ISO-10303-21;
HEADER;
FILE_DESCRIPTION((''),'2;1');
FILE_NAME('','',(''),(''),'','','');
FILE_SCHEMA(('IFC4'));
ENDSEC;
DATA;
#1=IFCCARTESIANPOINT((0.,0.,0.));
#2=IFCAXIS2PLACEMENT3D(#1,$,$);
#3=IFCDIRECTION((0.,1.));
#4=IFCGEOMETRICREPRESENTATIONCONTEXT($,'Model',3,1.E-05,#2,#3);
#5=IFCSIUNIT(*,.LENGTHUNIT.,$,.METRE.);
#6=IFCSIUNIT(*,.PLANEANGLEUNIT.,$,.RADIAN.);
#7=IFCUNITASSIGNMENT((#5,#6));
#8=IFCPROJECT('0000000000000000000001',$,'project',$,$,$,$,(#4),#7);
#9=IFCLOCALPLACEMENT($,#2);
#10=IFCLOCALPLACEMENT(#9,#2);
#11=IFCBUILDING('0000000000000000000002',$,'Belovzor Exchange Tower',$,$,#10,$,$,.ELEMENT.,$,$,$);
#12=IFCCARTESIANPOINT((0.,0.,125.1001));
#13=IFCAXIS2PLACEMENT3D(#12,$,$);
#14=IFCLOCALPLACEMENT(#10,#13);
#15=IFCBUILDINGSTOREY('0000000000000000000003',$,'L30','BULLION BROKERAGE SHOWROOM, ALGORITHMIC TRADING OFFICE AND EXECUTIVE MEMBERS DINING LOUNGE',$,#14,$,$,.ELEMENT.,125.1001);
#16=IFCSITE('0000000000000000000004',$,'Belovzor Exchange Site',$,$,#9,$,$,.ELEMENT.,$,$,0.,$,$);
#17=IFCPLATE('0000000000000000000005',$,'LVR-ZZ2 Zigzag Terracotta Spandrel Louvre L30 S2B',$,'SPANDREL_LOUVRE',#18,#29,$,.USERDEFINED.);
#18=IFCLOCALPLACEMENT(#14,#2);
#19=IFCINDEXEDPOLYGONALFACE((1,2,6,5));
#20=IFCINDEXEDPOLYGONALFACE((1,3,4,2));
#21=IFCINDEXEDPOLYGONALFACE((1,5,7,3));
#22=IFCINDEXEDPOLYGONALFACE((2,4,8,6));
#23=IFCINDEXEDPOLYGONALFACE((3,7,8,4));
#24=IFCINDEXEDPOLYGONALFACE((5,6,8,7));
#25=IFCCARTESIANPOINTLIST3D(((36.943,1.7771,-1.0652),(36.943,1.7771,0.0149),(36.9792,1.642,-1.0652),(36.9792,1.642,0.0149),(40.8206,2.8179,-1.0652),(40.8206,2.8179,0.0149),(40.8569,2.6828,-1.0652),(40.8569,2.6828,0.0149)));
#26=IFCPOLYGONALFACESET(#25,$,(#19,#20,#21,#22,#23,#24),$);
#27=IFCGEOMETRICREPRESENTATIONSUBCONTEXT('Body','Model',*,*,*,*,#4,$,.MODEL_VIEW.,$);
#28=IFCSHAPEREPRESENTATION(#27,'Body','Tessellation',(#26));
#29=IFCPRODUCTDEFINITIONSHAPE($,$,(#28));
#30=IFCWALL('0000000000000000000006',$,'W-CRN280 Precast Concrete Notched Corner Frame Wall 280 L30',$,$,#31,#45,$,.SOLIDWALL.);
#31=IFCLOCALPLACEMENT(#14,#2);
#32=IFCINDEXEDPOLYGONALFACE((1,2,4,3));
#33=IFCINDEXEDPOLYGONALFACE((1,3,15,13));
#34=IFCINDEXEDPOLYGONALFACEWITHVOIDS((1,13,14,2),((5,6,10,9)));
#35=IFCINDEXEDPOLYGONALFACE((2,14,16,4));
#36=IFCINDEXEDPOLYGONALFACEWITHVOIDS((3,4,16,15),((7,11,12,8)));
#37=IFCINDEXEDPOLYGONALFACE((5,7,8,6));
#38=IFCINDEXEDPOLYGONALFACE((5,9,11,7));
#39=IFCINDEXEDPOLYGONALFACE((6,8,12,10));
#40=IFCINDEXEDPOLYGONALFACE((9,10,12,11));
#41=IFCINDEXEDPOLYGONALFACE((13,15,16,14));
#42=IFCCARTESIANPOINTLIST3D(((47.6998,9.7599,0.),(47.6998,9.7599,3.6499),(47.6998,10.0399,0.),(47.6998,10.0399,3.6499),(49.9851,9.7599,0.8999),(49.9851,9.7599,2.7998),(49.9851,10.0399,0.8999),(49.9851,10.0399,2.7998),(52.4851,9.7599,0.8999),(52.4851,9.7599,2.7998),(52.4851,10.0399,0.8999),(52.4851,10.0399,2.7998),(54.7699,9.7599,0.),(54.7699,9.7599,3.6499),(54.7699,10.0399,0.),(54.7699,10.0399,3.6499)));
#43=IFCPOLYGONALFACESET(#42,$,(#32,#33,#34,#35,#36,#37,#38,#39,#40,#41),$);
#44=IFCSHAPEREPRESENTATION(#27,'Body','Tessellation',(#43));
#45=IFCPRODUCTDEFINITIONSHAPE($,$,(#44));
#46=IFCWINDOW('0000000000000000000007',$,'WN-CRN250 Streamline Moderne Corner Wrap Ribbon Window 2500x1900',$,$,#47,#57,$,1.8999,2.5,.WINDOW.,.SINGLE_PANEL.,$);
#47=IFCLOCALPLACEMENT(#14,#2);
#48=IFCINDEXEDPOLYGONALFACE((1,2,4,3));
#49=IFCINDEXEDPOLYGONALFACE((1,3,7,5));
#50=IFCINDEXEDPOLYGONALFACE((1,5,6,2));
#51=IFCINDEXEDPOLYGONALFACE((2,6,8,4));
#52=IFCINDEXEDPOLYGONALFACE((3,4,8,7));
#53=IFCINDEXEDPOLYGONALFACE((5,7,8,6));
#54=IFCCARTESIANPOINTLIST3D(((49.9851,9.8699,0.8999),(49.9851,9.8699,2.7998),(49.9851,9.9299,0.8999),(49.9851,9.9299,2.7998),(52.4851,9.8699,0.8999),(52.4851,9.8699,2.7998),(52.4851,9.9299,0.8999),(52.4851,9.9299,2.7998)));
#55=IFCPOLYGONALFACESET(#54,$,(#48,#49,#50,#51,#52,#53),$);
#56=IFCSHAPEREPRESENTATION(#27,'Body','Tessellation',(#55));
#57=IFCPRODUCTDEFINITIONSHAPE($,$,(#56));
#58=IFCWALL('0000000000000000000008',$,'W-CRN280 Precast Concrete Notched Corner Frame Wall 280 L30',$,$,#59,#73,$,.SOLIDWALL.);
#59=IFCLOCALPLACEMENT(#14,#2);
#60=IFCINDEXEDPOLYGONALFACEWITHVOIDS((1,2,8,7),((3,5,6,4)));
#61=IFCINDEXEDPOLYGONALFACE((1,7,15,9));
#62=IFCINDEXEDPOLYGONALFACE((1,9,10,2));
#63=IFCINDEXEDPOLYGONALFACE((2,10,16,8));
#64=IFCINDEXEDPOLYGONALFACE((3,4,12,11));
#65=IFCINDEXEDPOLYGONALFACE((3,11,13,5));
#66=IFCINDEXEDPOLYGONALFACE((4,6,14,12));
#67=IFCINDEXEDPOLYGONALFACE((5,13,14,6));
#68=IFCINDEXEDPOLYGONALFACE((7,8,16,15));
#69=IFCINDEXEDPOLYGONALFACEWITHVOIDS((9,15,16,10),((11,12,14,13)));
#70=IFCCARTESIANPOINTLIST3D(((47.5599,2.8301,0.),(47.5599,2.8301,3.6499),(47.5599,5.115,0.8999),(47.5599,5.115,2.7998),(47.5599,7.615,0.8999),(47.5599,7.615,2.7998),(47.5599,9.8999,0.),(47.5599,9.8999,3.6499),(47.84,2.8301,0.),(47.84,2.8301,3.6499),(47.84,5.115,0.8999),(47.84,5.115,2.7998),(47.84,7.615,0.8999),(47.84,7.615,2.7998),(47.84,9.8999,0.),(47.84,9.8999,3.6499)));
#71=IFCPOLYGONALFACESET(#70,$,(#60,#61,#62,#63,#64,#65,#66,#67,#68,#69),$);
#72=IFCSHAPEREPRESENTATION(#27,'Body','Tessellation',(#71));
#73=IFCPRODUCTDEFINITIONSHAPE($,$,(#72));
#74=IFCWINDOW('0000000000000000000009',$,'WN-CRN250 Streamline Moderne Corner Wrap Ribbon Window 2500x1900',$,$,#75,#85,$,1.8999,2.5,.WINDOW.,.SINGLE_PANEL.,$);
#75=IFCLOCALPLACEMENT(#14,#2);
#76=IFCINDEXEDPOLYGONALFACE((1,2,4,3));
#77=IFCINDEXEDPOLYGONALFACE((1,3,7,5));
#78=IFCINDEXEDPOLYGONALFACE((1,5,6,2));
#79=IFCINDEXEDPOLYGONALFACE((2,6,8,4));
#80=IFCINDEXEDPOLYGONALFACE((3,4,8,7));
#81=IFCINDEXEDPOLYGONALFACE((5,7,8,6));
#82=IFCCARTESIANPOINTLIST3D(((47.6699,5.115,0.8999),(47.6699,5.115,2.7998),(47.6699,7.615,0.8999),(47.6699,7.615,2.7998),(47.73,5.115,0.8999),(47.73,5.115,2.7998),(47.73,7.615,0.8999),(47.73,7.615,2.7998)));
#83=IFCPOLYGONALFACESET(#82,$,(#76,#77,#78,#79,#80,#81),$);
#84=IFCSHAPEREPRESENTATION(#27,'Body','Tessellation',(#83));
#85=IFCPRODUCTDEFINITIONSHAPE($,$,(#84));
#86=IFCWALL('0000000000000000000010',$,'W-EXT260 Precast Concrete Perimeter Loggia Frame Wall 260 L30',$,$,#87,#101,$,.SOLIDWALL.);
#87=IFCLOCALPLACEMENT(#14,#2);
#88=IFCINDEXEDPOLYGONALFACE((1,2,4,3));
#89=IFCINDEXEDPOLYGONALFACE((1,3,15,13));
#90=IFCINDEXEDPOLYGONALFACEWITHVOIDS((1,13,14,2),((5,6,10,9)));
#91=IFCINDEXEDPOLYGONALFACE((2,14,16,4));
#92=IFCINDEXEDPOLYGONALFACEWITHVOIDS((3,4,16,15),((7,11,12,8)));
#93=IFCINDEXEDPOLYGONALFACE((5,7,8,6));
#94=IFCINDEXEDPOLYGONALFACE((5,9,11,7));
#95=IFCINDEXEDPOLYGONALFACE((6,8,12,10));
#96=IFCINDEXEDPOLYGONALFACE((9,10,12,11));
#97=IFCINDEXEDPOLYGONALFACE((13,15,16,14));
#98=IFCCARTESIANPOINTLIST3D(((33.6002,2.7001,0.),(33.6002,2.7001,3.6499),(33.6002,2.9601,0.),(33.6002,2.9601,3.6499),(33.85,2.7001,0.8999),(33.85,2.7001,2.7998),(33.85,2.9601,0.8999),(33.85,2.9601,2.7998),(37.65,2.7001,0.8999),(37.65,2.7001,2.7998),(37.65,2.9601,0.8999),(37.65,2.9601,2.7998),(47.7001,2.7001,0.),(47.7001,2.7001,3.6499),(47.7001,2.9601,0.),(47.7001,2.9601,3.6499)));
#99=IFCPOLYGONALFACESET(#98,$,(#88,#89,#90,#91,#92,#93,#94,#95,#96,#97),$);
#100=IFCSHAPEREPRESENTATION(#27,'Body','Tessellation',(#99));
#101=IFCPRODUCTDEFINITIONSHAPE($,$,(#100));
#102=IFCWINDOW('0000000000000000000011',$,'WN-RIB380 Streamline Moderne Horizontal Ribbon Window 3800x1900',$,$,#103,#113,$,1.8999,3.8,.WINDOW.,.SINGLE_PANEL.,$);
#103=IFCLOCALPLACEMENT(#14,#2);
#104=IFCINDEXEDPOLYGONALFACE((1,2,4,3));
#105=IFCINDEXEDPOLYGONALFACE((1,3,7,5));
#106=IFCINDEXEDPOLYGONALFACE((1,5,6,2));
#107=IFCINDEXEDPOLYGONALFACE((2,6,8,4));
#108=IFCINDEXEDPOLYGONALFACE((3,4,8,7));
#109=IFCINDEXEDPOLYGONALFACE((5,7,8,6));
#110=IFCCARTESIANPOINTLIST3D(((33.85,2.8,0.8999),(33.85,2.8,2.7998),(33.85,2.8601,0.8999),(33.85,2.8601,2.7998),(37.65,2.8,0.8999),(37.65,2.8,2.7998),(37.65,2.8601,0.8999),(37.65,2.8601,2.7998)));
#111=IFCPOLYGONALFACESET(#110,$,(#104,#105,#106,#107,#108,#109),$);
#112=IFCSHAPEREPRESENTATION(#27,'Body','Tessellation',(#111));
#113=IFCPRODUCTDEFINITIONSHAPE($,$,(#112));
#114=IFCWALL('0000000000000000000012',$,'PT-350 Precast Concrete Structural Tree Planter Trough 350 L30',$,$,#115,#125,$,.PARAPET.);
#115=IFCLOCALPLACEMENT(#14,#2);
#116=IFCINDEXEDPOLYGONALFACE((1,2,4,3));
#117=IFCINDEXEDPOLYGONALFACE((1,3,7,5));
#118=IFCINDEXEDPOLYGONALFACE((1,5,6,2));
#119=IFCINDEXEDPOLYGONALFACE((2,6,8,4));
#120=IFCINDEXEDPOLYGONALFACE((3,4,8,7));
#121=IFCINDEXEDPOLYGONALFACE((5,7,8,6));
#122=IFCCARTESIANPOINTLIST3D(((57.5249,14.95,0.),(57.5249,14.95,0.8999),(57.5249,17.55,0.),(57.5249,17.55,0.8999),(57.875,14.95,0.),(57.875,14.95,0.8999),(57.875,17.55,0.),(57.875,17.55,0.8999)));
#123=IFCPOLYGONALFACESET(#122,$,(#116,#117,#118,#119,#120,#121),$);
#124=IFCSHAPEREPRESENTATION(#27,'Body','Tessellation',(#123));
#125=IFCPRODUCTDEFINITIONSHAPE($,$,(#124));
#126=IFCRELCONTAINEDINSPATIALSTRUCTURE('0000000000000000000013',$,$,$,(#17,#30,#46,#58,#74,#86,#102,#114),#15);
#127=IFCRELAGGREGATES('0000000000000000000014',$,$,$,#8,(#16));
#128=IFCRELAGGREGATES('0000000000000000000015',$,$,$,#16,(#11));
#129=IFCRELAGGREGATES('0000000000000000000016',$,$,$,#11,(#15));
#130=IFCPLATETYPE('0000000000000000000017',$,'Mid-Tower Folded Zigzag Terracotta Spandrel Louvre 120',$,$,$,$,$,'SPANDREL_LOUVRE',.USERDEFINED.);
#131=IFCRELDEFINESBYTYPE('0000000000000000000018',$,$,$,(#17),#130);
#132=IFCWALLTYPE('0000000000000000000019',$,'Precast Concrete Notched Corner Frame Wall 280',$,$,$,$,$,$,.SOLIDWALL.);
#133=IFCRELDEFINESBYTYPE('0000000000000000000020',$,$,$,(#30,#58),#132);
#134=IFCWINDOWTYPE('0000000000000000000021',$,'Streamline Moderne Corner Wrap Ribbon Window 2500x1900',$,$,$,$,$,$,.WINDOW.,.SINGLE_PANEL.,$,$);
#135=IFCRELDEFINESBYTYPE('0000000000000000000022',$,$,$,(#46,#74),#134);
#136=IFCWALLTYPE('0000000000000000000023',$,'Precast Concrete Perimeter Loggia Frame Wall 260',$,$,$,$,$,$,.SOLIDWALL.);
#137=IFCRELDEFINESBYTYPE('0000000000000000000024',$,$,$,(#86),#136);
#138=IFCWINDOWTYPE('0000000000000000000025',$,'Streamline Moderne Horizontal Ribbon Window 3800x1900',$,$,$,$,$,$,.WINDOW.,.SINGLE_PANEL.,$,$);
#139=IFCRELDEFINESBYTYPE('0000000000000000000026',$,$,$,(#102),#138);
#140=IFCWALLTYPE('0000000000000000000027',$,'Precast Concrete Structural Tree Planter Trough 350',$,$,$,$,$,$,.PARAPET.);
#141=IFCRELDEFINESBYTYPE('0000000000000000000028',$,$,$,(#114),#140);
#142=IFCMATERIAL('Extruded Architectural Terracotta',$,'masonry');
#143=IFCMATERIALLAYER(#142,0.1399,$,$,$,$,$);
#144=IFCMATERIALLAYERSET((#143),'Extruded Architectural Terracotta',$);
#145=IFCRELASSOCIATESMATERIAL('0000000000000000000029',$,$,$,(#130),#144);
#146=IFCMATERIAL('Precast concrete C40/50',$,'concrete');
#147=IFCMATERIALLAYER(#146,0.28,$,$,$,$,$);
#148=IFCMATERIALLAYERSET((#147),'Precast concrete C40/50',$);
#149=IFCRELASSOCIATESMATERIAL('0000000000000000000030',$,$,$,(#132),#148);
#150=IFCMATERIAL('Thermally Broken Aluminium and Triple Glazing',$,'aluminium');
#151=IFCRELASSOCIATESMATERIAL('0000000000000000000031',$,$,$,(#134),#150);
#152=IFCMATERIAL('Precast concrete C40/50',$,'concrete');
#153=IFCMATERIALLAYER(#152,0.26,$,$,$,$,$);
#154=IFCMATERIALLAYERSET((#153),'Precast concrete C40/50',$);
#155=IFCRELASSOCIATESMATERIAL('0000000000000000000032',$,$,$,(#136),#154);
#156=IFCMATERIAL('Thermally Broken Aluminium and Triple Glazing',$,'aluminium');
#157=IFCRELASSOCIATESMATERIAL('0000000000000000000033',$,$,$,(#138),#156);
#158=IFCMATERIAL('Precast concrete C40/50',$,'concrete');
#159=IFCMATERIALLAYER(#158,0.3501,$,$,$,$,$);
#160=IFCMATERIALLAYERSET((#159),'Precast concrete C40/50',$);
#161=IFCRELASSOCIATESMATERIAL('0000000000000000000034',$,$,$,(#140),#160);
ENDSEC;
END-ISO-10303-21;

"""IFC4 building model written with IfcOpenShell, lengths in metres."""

from ifc_helpers import new_model, si_unit, direction, frame, frame_2d, origin, origin_2d, place, context, subcontext, project, spatial, rectangle, extrude, material, layer, layer_set, type_object, element, fill, save


model = new_model("IFC4")

# Units and contexts
model_context = context("Model", 3, precision=1e-05, world=origin(), true_north=direction((0.0, 1.0)))
body_context = subcontext(model_context, "Body", "Model", "MODEL_VIEW")
ifc_project = project(units=[si_unit("LENGTHUNIT", "METRE"), si_unit("PLANEANGLEUNIT", "RADIAN")], contexts=[model_context])

# Site, building, storey
site_placement = place(None, origin())
site = spatial("IfcSite", under=ifc_project, at=site_placement, Name="Belovzor Exchange Site", CompositionType="ELEMENT", RefElevation=0.0)
building_placement = place(site_placement, origin())
building = spatial("IfcBuilding", under=site, at=building_placement, Name="Belovzor Exchange Tower", CompositionType="ELEMENT")
storey_placement = place(building_placement, frame((0.0, 0.0, 125.1001)))
storey = spatial("IfcBuildingStorey", under=building, at=storey_placement, Name="L30", Description="BULLION BROKERAGE SHOWROOM, ALGORITHMIC TRADING OFFICE AND EXECUTIVE MEMBERS DINING LOUNGE", CompositionType="ELEMENT", Elevation=125.1001)

# Plate
ifc_material_1 = material(Name="Extruded Architectural Terracotta", Category="masonry")
ifc_layer_1 = layer(ifc_material_1, 0.1399)
ifc_layer_set_1 = layer_set([ifc_layer_1], Name="Extruded Architectural Terracotta")
plate_type = type_object("IfcPlateType", Name="Mid-Tower Folded Zigzag Terracotta Spandrel Louvre 120", ElementType="SPANDREL_LOUVRE", PredefinedType="USERDEFINED", material=ifc_layer_set_1)
plate_placement = place(storey_placement, frame((38.8999, 2.23, -1.0652), z_axis=(0.0, 0.0, 1.0), x_axis=(0.965813, 0.25924, 0.0)))
element("IfcPlate", 1, at=plate_placement, inside=storey, type_object=plate_type, Name="LVR-ZZ2 Zigzag Terracotta Spandrel Louvre L30 S2B", ObjectType="SPANDREL_LOUVRE", PredefinedType="USERDEFINED", context=body_context, shape_type="SweptSolid", body=[
    extrude(rectangle(XDim=4.0149, YDim=0.1399, at=origin_2d()), origin(), (0.0, 0.0, 1.0), 1.0801),
])

# Walls, openings, windows
ifc_material_2 = material(Name="Precast concrete C40/50", Category="concrete")
ifc_layer_2 = layer(ifc_material_2, 0.28)
ifc_layer_set_2 = layer_set([ifc_layer_2], Name="Precast concrete C40/50")
wall_type_1 = type_object("IfcWallType", Name="Precast Concrete Notched Corner Frame Wall 280", PredefinedType="SOLIDWALL", material=ifc_layer_set_2)
wall_1_placement = place(storey_placement, frame((54.77, 9.8999, 0.0), z_axis=(0.0, 0.0, 1.0), x_axis=(-1.0, 0.0, 0.0)))
wall_1 = element("IfcWall", 2, at=wall_1_placement, inside=storey, type_object=wall_type_1, Name="W-CRN280 Precast Concrete Notched Corner Frame Wall 280 L30", PredefinedType="SOLIDWALL", context=body_context, shape_type="SweptSolid", body=[
    extrude(rectangle(XDim=7.0701, YDim=0.28, at=frame_2d((3.5352, 0.0))), origin(), (0.0, 0.0, 1.0), 3.6499),
])
opening_1_placement = place(wall_1_placement, frame((2.2849, 0.0, 0.8999)))
opening_1 = element("IfcOpeningElement", 3, at=opening_1_placement, cuts=wall_1, PredefinedType="OPENING", context=body_context, shape_type="SweptSolid", body=[
    extrude(rectangle(XDim=2.5, YDim=1.8999, at=frame_2d((1.25, 0.95))), frame((0.0, 0.1499, 0.0), z_axis=(0.0, -1.0, 0.0), x_axis=(1.0, 0.0, 0.0)), (0.0, 0.0, 1.0), 0.3),
])
ifc_material_3 = material(Name="Thermally Broken Aluminium and Triple Glazing", Category="aluminium")
window_type_1 = type_object("IfcWindowType", Name="Streamline Moderne Corner Wrap Ribbon Window 2500x1900", PartitioningType="SINGLE_PANEL", PredefinedType="WINDOW", material=ifc_material_3)
window_1_placement = place(opening_1_placement, origin())
window_1 = element("IfcWindow", 4, at=window_1_placement, inside=storey, type_object=window_type_1, Name="WN-CRN250 Streamline Moderne Corner Wrap Ribbon Window 2500x1900", OverallHeight=1.8999, OverallWidth=2.5, PartitioningType="SINGLE_PANEL", PredefinedType="WINDOW", context=body_context, shape_type="SweptSolid", body=[
    extrude(rectangle(XDim=2.5, YDim=1.8999, at=frame_2d((1.25, 0.95))), frame((0.0, 0.03, 0.0), z_axis=(0.0, -1.0, 0.0), x_axis=(1.0, 0.0, 0.0)), (0.0, 0.0, 1.0), 0.0601),
])
fill(opening_1, window_1)
wall_2_placement = place(storey_placement, frame((47.7, 9.8999, 0.0), z_axis=(0.0, 0.0, 1.0), x_axis=(0.0, -1.0, 0.0)))
wall_2 = element("IfcWall", 5, at=wall_2_placement, inside=storey, type_object=wall_type_1, Name="W-CRN280 Precast Concrete Notched Corner Frame Wall 280 L30", PredefinedType="SOLIDWALL", context=body_context, shape_type="SweptSolid", body=[
    extrude(rectangle(XDim=7.0698, YDim=0.28, at=frame_2d((3.5349, 0.0))), origin(), (0.0, 0.0, 1.0), 3.6499),
])
opening_2_placement = place(wall_2_placement, frame((2.2849, 0.0, 0.8999)))
opening_2 = element("IfcOpeningElement", 6, at=opening_2_placement, cuts=wall_2, PredefinedType="OPENING", context=body_context, shape_type="SweptSolid", body=[
    extrude(rectangle(XDim=2.5, YDim=1.8999, at=frame_2d((1.25, 0.95))), frame((0.0, 0.1499, 0.0), z_axis=(0.0, -1.0, 0.0), x_axis=(1.0, 0.0, 0.0)), (0.0, 0.0, 1.0), 0.3),
])
window_2_placement = place(opening_2_placement, origin())
window_2 = element("IfcWindow", 7, at=window_2_placement, inside=storey, type_object=window_type_1, Name="WN-CRN250 Streamline Moderne Corner Wrap Ribbon Window 2500x1900", OverallHeight=1.8999, OverallWidth=2.5, PartitioningType="SINGLE_PANEL", PredefinedType="WINDOW", context=body_context, shape_type="SweptSolid", body=[
    extrude(rectangle(XDim=2.5, YDim=1.8999, at=frame_2d((1.25, 0.95))), frame((0.0, 0.03, 0.0), z_axis=(0.0, -1.0, 0.0), x_axis=(1.0, 0.0, 0.0)), (0.0, 0.0, 1.0), 0.0601),
])
fill(opening_2, window_2)
ifc_material_4 = material(Name="Precast concrete C40/50", Category="concrete")
ifc_layer_3 = layer(ifc_material_4, 0.26)
ifc_layer_set_3 = layer_set([ifc_layer_3], Name="Precast concrete C40/50")
wall_type_2 = type_object("IfcWallType", Name="Precast Concrete Perimeter Loggia Frame Wall 260", PredefinedType="SOLIDWALL", material=ifc_layer_set_3)
wall_3_placement = place(storey_placement, frame((47.7, 2.8301, 0.0), z_axis=(0.0, 0.0, 1.0), x_axis=(-1.0, 0.0, 0.0)))
wall_3 = element("IfcWall", 8, at=wall_3_placement, inside=storey, type_object=wall_type_2, Name="W-EXT260 Precast Concrete Perimeter Loggia Frame Wall 260 L30", PredefinedType="SOLIDWALL", context=body_context, shape_type="SweptSolid", body=[
    extrude(rectangle(XDim=14.0999, YDim=0.26, at=frame_2d((7.0498, 0.0))), origin(), (0.0, 0.0, 1.0), 3.6499),
])
opening_3_placement = place(wall_3_placement, frame((10.05, 0.0, 0.8999)))
opening_3 = element("IfcOpeningElement", 9, at=opening_3_placement, cuts=wall_3, PredefinedType="OPENING", context=body_context, shape_type="SweptSolid", body=[
    extrude(rectangle(XDim=3.8, YDim=1.8999, at=frame_2d((1.8999, 0.95))), frame((0.0, 0.1399, 0.0), z_axis=(0.0, -1.0, 0.0), x_axis=(1.0, 0.0, 0.0)), (0.0, 0.0, 1.0), 0.28),
])
ifc_material_5 = material(Name="Thermally Broken Aluminium and Triple Glazing", Category="aluminium")
window_type_2 = type_object("IfcWindowType", Name="Streamline Moderne Horizontal Ribbon Window 3800x1900", PartitioningType="SINGLE_PANEL", PredefinedType="WINDOW", material=ifc_material_5)
window_3_placement = place(opening_3_placement, origin())
window_3 = element("IfcWindow", 10, at=window_3_placement, inside=storey, type_object=window_type_2, Name="WN-RIB380 Streamline Moderne Horizontal Ribbon Window 3800x1900", OverallHeight=1.8999, OverallWidth=3.8, PartitioningType="SINGLE_PANEL", PredefinedType="WINDOW", context=body_context, shape_type="SweptSolid", body=[
    extrude(rectangle(XDim=3.8, YDim=1.8999, at=frame_2d((1.8999, 0.95))), frame((0.0, 0.03, 0.0), z_axis=(0.0, -1.0, 0.0), x_axis=(1.0, 0.0, 0.0)), (0.0, 0.0, 1.0), 0.0601),
])
fill(opening_3, window_3)

# Wall
ifc_material_6 = material(Name="Precast concrete C40/50", Category="concrete")
ifc_layer_4 = layer(ifc_material_6, 0.3501)
ifc_layer_set_4 = layer_set([ifc_layer_4], Name="Precast concrete C40/50")
wall_type_3 = type_object("IfcWallType", Name="Precast Concrete Structural Tree Planter Trough 350", PredefinedType="PARAPET", material=ifc_layer_set_4)
wall_4_placement = place(storey_placement, frame((57.7, 14.95, 0.0), z_axis=(0.0, 0.0, 1.0), x_axis=(0.0, 1.0, 0.0)))
element("IfcWall", 11, at=wall_4_placement, inside=storey, type_object=wall_type_3, Name="PT-350 Precast Concrete Structural Tree Planter Trough 350 L30", PredefinedType="PARAPET", context=body_context, shape_type="SweptSolid", body=[
    extrude(rectangle(XDim=2.6001, YDim=0.3501, at=frame_2d((1.3, 0.0))), origin(), (0.0, 0.0, 1.0), 0.8999),
])

save(model, "model.ifc")
